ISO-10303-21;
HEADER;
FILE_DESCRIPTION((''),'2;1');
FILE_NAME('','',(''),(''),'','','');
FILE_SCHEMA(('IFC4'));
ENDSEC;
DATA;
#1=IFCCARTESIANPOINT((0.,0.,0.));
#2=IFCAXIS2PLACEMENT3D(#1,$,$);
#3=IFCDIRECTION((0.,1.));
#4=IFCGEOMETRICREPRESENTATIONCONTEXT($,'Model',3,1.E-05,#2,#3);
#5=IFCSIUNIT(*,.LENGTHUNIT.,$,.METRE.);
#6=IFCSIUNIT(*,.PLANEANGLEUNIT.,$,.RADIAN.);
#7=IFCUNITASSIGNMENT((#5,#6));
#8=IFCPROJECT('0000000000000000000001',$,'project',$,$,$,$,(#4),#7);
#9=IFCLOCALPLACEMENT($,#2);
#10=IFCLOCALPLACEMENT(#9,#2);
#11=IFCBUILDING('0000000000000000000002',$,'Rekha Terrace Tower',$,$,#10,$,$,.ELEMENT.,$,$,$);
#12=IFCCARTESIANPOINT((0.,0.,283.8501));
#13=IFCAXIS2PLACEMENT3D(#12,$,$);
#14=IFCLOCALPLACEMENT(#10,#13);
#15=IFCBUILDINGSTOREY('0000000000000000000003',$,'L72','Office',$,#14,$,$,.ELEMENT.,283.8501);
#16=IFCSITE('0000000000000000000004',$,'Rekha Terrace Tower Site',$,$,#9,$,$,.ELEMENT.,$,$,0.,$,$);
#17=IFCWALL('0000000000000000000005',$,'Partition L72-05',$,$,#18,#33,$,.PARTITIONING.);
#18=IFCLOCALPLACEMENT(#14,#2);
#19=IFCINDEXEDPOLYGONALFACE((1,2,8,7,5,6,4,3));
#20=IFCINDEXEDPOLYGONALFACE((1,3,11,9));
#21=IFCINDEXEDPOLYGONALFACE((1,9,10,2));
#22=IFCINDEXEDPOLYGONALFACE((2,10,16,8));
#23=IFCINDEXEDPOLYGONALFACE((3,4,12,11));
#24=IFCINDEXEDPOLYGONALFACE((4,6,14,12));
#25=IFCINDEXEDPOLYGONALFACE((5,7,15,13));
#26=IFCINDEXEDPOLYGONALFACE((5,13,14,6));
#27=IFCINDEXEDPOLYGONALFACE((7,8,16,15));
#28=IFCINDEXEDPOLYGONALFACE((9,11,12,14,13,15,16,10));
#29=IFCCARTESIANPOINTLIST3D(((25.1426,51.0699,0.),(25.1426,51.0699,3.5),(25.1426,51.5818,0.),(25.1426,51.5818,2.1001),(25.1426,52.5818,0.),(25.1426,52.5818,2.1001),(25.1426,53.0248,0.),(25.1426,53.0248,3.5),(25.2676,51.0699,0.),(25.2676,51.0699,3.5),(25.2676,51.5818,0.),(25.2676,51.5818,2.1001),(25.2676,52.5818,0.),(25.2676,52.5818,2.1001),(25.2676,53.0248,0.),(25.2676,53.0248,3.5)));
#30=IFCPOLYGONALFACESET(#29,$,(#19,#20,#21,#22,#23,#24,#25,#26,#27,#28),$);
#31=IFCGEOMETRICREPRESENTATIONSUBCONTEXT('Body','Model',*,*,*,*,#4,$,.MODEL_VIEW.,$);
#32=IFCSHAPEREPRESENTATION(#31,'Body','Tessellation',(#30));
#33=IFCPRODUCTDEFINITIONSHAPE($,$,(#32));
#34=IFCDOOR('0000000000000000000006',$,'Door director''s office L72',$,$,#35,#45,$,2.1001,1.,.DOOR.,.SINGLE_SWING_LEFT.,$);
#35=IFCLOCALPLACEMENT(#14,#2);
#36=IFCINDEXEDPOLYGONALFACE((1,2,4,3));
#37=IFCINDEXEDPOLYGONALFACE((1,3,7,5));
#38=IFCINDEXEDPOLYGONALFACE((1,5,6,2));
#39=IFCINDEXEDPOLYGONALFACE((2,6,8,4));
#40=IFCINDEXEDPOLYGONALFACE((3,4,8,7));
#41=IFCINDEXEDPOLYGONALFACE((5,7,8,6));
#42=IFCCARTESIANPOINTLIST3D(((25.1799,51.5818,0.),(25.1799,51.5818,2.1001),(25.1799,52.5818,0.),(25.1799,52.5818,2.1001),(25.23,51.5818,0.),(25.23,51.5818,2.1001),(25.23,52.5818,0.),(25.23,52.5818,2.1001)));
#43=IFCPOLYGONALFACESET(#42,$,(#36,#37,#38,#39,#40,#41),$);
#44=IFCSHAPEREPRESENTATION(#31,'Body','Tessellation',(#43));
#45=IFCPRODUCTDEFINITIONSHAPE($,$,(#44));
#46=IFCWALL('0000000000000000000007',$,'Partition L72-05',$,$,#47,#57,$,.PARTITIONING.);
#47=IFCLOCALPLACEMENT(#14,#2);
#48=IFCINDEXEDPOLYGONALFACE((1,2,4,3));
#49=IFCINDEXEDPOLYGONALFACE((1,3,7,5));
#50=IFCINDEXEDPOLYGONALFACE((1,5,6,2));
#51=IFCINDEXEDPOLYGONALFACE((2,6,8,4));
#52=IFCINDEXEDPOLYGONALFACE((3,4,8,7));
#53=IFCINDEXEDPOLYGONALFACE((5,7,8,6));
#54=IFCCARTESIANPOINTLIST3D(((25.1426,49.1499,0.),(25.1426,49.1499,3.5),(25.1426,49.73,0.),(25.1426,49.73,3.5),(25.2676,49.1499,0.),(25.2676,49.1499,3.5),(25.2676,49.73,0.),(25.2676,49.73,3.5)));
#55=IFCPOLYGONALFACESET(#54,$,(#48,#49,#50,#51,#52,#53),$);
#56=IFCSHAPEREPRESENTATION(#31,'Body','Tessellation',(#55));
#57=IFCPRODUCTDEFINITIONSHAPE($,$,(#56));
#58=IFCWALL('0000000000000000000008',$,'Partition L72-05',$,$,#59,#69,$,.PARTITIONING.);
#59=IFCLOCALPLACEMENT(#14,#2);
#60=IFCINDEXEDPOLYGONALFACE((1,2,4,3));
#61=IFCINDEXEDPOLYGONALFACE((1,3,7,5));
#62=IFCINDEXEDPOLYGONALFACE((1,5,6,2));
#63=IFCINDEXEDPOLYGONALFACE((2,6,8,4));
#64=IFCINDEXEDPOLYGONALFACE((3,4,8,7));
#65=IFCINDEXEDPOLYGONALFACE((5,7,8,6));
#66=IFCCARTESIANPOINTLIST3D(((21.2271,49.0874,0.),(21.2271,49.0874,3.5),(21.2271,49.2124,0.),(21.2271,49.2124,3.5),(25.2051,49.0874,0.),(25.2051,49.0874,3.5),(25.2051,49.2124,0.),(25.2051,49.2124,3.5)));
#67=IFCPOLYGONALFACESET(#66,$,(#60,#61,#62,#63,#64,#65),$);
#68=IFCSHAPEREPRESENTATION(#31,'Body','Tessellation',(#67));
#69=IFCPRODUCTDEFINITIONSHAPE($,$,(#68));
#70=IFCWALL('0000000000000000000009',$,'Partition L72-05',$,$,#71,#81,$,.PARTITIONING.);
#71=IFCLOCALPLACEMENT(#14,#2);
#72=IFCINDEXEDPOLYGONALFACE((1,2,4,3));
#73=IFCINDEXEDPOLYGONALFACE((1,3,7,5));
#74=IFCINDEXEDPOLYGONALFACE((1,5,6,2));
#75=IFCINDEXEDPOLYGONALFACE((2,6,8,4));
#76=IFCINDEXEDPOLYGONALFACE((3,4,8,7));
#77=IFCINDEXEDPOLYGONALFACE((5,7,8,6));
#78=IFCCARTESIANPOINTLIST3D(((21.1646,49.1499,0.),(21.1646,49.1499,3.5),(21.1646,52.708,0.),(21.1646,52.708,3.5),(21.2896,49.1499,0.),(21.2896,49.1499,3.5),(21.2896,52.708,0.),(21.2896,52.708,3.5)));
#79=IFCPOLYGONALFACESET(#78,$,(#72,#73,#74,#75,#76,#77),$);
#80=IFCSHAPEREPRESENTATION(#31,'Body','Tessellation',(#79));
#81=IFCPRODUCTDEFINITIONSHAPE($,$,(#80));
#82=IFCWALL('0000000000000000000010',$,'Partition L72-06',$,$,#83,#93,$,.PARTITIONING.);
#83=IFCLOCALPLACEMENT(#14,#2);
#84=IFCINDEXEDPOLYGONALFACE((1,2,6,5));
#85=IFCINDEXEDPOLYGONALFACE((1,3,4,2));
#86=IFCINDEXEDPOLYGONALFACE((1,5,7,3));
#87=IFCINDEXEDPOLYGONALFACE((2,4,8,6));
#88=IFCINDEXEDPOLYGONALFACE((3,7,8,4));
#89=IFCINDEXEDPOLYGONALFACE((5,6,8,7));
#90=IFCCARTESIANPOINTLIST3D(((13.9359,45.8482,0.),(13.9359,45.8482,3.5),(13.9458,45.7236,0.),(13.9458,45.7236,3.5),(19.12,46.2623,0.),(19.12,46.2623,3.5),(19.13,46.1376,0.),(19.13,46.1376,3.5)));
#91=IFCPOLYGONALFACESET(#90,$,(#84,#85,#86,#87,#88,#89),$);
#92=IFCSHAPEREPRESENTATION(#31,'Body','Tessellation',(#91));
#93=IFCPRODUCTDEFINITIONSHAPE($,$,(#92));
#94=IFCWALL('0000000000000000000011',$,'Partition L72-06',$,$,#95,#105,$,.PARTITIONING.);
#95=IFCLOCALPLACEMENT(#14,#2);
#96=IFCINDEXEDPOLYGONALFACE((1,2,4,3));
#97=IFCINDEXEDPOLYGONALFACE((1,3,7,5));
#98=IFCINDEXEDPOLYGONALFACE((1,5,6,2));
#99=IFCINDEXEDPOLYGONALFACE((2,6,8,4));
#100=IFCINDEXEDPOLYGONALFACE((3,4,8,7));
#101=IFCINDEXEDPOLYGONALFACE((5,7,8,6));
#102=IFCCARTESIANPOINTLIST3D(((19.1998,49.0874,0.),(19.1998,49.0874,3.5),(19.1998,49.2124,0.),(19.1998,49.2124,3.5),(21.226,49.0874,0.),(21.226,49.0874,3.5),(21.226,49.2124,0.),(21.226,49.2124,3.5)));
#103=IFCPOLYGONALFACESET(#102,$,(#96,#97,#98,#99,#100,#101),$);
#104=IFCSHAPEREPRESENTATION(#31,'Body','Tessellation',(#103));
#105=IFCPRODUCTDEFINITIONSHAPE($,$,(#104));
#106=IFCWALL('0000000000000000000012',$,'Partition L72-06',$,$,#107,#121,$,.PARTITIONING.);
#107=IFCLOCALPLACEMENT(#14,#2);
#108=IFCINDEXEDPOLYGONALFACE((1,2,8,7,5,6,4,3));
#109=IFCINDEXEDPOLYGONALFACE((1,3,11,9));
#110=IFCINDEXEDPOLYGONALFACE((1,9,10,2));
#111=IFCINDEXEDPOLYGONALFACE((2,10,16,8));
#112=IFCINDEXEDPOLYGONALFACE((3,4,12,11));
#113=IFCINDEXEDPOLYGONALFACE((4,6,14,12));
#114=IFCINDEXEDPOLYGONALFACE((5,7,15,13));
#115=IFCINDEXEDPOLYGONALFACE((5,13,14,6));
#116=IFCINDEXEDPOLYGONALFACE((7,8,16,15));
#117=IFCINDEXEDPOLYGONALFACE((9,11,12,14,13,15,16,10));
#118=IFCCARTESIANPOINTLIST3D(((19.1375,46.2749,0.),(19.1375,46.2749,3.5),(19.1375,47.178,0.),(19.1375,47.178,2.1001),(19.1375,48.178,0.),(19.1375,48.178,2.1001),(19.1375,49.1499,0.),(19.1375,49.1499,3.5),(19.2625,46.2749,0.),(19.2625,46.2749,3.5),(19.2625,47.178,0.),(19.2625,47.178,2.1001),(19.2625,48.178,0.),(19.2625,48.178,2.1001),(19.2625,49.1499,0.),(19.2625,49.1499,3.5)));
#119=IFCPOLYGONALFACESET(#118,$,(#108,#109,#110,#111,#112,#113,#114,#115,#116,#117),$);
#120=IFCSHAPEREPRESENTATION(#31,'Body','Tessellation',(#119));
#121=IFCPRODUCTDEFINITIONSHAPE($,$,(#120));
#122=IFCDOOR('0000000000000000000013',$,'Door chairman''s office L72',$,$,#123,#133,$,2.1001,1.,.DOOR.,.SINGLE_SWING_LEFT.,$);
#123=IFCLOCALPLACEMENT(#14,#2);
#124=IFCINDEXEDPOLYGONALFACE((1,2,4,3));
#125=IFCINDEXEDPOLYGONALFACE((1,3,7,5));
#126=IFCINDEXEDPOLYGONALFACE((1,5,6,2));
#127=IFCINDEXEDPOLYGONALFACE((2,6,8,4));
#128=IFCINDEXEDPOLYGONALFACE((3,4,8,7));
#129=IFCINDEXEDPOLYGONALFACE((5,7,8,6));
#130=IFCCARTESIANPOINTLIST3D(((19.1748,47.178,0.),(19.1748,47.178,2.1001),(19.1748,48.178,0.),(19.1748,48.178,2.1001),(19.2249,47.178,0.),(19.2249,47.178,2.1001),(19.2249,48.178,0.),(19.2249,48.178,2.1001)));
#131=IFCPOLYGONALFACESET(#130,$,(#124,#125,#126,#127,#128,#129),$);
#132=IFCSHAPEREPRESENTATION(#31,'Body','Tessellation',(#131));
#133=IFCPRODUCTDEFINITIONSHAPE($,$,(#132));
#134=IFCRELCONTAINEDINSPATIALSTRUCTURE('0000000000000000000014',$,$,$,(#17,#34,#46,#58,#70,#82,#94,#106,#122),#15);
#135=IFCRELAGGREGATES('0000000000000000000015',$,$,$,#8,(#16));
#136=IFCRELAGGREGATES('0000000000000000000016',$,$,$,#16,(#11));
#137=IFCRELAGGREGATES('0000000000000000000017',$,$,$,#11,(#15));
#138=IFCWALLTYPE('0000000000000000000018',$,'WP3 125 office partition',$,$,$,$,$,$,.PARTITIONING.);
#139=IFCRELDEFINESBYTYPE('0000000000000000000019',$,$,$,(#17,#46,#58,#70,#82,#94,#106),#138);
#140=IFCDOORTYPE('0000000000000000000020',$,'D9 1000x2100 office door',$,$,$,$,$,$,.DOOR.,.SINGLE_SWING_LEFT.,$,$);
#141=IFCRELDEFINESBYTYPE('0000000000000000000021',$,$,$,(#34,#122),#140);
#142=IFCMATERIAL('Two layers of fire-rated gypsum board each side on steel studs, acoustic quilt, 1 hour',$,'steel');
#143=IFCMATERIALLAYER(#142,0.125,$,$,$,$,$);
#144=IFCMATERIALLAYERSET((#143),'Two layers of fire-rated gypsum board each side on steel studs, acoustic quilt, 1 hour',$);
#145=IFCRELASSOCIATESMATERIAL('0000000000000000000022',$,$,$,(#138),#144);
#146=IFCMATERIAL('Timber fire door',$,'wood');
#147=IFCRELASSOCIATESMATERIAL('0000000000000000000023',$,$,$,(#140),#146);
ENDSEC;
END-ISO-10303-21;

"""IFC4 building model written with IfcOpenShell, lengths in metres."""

from ifc_helpers import new_model, si_unit, direction, frame, frame_2d, origin, place, context, subcontext, project, spatial, rectangle, extrude, material, layer, layer_set, type_object, element, fill, save


model = new_model("IFC4")

# Units and contexts
model_context = context("Model", 3, precision=1e-05, world=origin(), true_north=direction((0.0, 1.0)))
body_context = subcontext(model_context, "Body", "Model", "MODEL_VIEW")
ifc_project = project(units=[si_unit("LENGTHUNIT", "METRE"), si_unit("PLANEANGLEUNIT", "RADIAN")], contexts=[model_context])

# Site, building, storey
site_placement = place(None, origin())
site = spatial("IfcSite", under=ifc_project, at=site_placement, Name="Rekha Terrace Tower Site", CompositionType="ELEMENT", RefElevation=0.0)
building_placement = place(site_placement, origin())
building = spatial("IfcBuilding", under=site, at=building_placement, Name="Rekha Terrace Tower", CompositionType="ELEMENT")
storey_placement = place(building_placement, frame((0.0, 0.0, 283.8501)))
storey = spatial("IfcBuildingStorey", under=building, at=storey_placement, Name="L72", Description="Office", CompositionType="ELEMENT", Elevation=283.8501)

# Wall, opening, door
ifc_material_1 = material(Name="Two layers of fire-rated gypsum board each side on steel studs, acoustic quilt, 1 hour", Category="steel")
ifc_layer_1 = layer(ifc_material_1, 0.125)
ifc_layer_set_1 = layer_set([ifc_layer_1], Name="Two layers of fire-rated gypsum board each side on steel studs, acoustic quilt, 1 hour")
wall_type_1 = type_object("IfcWallType", Name="WP3 125 office partition", PredefinedType="PARTITIONING", material=ifc_layer_set_1)
wall_1_placement = place(storey_placement, frame((25.2051, 53.0249, 0.0), z_axis=(0.0, 0.0, 1.0), x_axis=(0.0, -1.0, 0.0)))
wall_1 = element("IfcWall", 1, at=wall_1_placement, inside=storey, type_object=wall_type_1, Name="Partition L72-05", PredefinedType="PARTITIONING", context=body_context, shape_type="SweptSolid", body=[
    extrude(rectangle(XDim=1.9548, YDim=0.125, at=frame_2d((0.9775, 0.0))), origin(), (0.0, 0.0, 1.0), 3.5),
])
opening_1_placement = place(wall_1_placement, frame((0.4431, 0.0, 0.0)))
opening_1 = element("IfcOpeningElement", 2, at=opening_1_placement, cuts=wall_1, PredefinedType="OPENING", context=body_context, shape_type="SweptSolid", body=[
    extrude(rectangle(XDim=1.0, YDim=2.1001, at=frame_2d((0.5, 1.05))), frame((0.0, 0.0725, 0.0), z_axis=(0.0, -1.0, 0.0), x_axis=(1.0, 0.0, 0.0)), (0.0, 0.0, 1.0), 0.145),
])
ifc_material_2 = material(Name="Timber fire door", Category="wood")
door_type = type_object("IfcDoorType", Name="D9 1000x2100 office door", OperationType="SINGLE_SWING_LEFT", PredefinedType="DOOR", material=ifc_material_2)
door_1_placement = place(opening_1_placement, origin())
door_1 = element("IfcDoor", 3, at=door_1_placement, inside=storey, type_object=door_type, Name="Door director's office L72", OperationType="SINGLE_SWING_LEFT", OverallHeight=2.1001, OverallWidth=1.0, PredefinedType="DOOR", context=body_context, shape_type="SweptSolid", body=[
    extrude(rectangle(XDim=1.0, YDim=2.1001, at=frame_2d((0.5, 1.05))), frame((0.0, 0.0249, 0.0), z_axis=(0.0, -1.0, 0.0), x_axis=(1.0, 0.0, 0.0)), (0.0, 0.0, 1.0), 0.05),
])
fill(opening_1, door_1)

# Walls
wall_2_placement = place(storey_placement, frame((25.2051, 49.73, 0.0), z_axis=(0.0, 0.0, 1.0), x_axis=(0.0, -1.0, 0.0)))
element("IfcWall", 4, at=wall_2_placement, inside=storey, type_object=wall_type_1, Name="Partition L72-05", PredefinedType="PARTITIONING", context=body_context, shape_type="SweptSolid", body=[
    extrude(rectangle(XDim=0.5801, YDim=0.125, at=frame_2d((0.29, 0.0))), origin(), (0.0, 0.0, 1.0), 3.5),
])
wall_3_placement = place(storey_placement, frame((25.2051, 49.1499, 0.0), z_axis=(0.0, 0.0, 1.0), x_axis=(-1.0, 0.0, 0.0)))
element("IfcWall", 5, at=wall_3_placement, inside=storey, type_object=wall_type_1, Name="Partition L72-05", PredefinedType="PARTITIONING", context=body_context, shape_type="SweptSolid", body=[
    extrude(rectangle(XDim=3.978, YDim=0.125, at=frame_2d((1.989, 0.0))), origin(), (0.0, 0.0, 1.0), 3.5),
])
wall_4_placement = place(storey_placement, frame((21.2271, 49.1499, 0.0), z_axis=(0.0, 0.0, 1.0), x_axis=(0.0, 1.0, 0.0)))
element("IfcWall", 6, at=wall_4_placement, inside=storey, type_object=wall_type_1, Name="Partition L72-05", PredefinedType="PARTITIONING", context=body_context, shape_type="SweptSolid", body=[
    extrude(rectangle(XDim=3.5581, YDim=0.125, at=frame_2d((1.7791, 0.0))), origin(), (0.0, 0.0, 1.0), 3.5),
])
wall_5_placement = place(storey_placement, frame((19.125, 46.2, 0.0), z_axis=(0.0, 0.0, 1.0), x_axis=(-0.996825, -0.079618, 0.0)))
element("IfcWall", 7, at=wall_5_placement, inside=storey, type_object=wall_type_1, Name="Partition L72-06", PredefinedType="PARTITIONING", context=body_context, shape_type="SweptSolid", body=[
    extrude(rectangle(XDim=5.2007, YDim=0.125, at=frame_2d((2.6003, 0.0))), origin(), (0.0, 0.0, 1.0), 3.5),
])
wall_6_placement = place(storey_placement, frame((21.2261, 49.1499, 0.0), z_axis=(0.0, 0.0, 1.0), x_axis=(-1.0, 0.0, 0.0)))
element("IfcWall", 8, at=wall_6_placement, inside=storey, type_object=wall_type_1, Name="Partition L72-06", PredefinedType="PARTITIONING", context=body_context, shape_type="SweptSolid", body=[
    extrude(rectangle(XDim=2.0261, YDim=0.125, at=frame_2d((1.0132, 0.0))), origin(), (0.0, 0.0, 1.0), 3.5),
])

# Wall, opening, door
wall_7_placement = place(storey_placement, frame((19.2, 49.1499, 0.0), z_axis=(0.0, 0.0, 1.0), x_axis=(0.0, -1.0, 0.0)))
wall_7 = element("IfcWall", 9, at=wall_7_placement, inside=storey, type_object=wall_type_1, Name="Partition L72-06", PredefinedType="PARTITIONING", context=body_context, shape_type="SweptSolid", body=[
    extrude(rectangle(XDim=2.875, YDim=0.125, at=frame_2d((1.4375, 0.0))), origin(), (0.0, 0.0, 1.0), 3.5),
])
opening_2_placement = place(wall_7_placement, frame((0.9719, 0.0, 0.0)))
opening_2 = element("IfcOpeningElement", 10, at=opening_2_placement, cuts=wall_7, PredefinedType="OPENING", context=body_context, shape_type="SweptSolid", body=[
    extrude(rectangle(XDim=1.0, YDim=2.1001, at=frame_2d((0.5, 1.05))), frame((0.0, 0.0725, 0.0), z_axis=(0.0, -1.0, 0.0), x_axis=(1.0, 0.0, 0.0)), (0.0, 0.0, 1.0), 0.145),
])
door_2_placement = place(opening_2_placement, origin())
door_2 = element("IfcDoor", 11, at=door_2_placement, inside=storey, type_object=door_type, Name="Door chairman's office L72", OperationType="SINGLE_SWING_LEFT", OverallHeight=2.1001, OverallWidth=1.0, PredefinedType="DOOR", context=body_context, shape_type="SweptSolid", body=[
    extrude(rectangle(XDim=1.0, YDim=2.1001, at=frame_2d((0.5, 1.05))), frame((0.0, 0.0249, 0.0), z_axis=(0.0, -1.0, 0.0), x_axis=(1.0, 0.0, 0.0)), (0.0, 0.0, 1.0), 0.05),
])
fill(opening_2, door_2)

save(model, "model.ifc")
